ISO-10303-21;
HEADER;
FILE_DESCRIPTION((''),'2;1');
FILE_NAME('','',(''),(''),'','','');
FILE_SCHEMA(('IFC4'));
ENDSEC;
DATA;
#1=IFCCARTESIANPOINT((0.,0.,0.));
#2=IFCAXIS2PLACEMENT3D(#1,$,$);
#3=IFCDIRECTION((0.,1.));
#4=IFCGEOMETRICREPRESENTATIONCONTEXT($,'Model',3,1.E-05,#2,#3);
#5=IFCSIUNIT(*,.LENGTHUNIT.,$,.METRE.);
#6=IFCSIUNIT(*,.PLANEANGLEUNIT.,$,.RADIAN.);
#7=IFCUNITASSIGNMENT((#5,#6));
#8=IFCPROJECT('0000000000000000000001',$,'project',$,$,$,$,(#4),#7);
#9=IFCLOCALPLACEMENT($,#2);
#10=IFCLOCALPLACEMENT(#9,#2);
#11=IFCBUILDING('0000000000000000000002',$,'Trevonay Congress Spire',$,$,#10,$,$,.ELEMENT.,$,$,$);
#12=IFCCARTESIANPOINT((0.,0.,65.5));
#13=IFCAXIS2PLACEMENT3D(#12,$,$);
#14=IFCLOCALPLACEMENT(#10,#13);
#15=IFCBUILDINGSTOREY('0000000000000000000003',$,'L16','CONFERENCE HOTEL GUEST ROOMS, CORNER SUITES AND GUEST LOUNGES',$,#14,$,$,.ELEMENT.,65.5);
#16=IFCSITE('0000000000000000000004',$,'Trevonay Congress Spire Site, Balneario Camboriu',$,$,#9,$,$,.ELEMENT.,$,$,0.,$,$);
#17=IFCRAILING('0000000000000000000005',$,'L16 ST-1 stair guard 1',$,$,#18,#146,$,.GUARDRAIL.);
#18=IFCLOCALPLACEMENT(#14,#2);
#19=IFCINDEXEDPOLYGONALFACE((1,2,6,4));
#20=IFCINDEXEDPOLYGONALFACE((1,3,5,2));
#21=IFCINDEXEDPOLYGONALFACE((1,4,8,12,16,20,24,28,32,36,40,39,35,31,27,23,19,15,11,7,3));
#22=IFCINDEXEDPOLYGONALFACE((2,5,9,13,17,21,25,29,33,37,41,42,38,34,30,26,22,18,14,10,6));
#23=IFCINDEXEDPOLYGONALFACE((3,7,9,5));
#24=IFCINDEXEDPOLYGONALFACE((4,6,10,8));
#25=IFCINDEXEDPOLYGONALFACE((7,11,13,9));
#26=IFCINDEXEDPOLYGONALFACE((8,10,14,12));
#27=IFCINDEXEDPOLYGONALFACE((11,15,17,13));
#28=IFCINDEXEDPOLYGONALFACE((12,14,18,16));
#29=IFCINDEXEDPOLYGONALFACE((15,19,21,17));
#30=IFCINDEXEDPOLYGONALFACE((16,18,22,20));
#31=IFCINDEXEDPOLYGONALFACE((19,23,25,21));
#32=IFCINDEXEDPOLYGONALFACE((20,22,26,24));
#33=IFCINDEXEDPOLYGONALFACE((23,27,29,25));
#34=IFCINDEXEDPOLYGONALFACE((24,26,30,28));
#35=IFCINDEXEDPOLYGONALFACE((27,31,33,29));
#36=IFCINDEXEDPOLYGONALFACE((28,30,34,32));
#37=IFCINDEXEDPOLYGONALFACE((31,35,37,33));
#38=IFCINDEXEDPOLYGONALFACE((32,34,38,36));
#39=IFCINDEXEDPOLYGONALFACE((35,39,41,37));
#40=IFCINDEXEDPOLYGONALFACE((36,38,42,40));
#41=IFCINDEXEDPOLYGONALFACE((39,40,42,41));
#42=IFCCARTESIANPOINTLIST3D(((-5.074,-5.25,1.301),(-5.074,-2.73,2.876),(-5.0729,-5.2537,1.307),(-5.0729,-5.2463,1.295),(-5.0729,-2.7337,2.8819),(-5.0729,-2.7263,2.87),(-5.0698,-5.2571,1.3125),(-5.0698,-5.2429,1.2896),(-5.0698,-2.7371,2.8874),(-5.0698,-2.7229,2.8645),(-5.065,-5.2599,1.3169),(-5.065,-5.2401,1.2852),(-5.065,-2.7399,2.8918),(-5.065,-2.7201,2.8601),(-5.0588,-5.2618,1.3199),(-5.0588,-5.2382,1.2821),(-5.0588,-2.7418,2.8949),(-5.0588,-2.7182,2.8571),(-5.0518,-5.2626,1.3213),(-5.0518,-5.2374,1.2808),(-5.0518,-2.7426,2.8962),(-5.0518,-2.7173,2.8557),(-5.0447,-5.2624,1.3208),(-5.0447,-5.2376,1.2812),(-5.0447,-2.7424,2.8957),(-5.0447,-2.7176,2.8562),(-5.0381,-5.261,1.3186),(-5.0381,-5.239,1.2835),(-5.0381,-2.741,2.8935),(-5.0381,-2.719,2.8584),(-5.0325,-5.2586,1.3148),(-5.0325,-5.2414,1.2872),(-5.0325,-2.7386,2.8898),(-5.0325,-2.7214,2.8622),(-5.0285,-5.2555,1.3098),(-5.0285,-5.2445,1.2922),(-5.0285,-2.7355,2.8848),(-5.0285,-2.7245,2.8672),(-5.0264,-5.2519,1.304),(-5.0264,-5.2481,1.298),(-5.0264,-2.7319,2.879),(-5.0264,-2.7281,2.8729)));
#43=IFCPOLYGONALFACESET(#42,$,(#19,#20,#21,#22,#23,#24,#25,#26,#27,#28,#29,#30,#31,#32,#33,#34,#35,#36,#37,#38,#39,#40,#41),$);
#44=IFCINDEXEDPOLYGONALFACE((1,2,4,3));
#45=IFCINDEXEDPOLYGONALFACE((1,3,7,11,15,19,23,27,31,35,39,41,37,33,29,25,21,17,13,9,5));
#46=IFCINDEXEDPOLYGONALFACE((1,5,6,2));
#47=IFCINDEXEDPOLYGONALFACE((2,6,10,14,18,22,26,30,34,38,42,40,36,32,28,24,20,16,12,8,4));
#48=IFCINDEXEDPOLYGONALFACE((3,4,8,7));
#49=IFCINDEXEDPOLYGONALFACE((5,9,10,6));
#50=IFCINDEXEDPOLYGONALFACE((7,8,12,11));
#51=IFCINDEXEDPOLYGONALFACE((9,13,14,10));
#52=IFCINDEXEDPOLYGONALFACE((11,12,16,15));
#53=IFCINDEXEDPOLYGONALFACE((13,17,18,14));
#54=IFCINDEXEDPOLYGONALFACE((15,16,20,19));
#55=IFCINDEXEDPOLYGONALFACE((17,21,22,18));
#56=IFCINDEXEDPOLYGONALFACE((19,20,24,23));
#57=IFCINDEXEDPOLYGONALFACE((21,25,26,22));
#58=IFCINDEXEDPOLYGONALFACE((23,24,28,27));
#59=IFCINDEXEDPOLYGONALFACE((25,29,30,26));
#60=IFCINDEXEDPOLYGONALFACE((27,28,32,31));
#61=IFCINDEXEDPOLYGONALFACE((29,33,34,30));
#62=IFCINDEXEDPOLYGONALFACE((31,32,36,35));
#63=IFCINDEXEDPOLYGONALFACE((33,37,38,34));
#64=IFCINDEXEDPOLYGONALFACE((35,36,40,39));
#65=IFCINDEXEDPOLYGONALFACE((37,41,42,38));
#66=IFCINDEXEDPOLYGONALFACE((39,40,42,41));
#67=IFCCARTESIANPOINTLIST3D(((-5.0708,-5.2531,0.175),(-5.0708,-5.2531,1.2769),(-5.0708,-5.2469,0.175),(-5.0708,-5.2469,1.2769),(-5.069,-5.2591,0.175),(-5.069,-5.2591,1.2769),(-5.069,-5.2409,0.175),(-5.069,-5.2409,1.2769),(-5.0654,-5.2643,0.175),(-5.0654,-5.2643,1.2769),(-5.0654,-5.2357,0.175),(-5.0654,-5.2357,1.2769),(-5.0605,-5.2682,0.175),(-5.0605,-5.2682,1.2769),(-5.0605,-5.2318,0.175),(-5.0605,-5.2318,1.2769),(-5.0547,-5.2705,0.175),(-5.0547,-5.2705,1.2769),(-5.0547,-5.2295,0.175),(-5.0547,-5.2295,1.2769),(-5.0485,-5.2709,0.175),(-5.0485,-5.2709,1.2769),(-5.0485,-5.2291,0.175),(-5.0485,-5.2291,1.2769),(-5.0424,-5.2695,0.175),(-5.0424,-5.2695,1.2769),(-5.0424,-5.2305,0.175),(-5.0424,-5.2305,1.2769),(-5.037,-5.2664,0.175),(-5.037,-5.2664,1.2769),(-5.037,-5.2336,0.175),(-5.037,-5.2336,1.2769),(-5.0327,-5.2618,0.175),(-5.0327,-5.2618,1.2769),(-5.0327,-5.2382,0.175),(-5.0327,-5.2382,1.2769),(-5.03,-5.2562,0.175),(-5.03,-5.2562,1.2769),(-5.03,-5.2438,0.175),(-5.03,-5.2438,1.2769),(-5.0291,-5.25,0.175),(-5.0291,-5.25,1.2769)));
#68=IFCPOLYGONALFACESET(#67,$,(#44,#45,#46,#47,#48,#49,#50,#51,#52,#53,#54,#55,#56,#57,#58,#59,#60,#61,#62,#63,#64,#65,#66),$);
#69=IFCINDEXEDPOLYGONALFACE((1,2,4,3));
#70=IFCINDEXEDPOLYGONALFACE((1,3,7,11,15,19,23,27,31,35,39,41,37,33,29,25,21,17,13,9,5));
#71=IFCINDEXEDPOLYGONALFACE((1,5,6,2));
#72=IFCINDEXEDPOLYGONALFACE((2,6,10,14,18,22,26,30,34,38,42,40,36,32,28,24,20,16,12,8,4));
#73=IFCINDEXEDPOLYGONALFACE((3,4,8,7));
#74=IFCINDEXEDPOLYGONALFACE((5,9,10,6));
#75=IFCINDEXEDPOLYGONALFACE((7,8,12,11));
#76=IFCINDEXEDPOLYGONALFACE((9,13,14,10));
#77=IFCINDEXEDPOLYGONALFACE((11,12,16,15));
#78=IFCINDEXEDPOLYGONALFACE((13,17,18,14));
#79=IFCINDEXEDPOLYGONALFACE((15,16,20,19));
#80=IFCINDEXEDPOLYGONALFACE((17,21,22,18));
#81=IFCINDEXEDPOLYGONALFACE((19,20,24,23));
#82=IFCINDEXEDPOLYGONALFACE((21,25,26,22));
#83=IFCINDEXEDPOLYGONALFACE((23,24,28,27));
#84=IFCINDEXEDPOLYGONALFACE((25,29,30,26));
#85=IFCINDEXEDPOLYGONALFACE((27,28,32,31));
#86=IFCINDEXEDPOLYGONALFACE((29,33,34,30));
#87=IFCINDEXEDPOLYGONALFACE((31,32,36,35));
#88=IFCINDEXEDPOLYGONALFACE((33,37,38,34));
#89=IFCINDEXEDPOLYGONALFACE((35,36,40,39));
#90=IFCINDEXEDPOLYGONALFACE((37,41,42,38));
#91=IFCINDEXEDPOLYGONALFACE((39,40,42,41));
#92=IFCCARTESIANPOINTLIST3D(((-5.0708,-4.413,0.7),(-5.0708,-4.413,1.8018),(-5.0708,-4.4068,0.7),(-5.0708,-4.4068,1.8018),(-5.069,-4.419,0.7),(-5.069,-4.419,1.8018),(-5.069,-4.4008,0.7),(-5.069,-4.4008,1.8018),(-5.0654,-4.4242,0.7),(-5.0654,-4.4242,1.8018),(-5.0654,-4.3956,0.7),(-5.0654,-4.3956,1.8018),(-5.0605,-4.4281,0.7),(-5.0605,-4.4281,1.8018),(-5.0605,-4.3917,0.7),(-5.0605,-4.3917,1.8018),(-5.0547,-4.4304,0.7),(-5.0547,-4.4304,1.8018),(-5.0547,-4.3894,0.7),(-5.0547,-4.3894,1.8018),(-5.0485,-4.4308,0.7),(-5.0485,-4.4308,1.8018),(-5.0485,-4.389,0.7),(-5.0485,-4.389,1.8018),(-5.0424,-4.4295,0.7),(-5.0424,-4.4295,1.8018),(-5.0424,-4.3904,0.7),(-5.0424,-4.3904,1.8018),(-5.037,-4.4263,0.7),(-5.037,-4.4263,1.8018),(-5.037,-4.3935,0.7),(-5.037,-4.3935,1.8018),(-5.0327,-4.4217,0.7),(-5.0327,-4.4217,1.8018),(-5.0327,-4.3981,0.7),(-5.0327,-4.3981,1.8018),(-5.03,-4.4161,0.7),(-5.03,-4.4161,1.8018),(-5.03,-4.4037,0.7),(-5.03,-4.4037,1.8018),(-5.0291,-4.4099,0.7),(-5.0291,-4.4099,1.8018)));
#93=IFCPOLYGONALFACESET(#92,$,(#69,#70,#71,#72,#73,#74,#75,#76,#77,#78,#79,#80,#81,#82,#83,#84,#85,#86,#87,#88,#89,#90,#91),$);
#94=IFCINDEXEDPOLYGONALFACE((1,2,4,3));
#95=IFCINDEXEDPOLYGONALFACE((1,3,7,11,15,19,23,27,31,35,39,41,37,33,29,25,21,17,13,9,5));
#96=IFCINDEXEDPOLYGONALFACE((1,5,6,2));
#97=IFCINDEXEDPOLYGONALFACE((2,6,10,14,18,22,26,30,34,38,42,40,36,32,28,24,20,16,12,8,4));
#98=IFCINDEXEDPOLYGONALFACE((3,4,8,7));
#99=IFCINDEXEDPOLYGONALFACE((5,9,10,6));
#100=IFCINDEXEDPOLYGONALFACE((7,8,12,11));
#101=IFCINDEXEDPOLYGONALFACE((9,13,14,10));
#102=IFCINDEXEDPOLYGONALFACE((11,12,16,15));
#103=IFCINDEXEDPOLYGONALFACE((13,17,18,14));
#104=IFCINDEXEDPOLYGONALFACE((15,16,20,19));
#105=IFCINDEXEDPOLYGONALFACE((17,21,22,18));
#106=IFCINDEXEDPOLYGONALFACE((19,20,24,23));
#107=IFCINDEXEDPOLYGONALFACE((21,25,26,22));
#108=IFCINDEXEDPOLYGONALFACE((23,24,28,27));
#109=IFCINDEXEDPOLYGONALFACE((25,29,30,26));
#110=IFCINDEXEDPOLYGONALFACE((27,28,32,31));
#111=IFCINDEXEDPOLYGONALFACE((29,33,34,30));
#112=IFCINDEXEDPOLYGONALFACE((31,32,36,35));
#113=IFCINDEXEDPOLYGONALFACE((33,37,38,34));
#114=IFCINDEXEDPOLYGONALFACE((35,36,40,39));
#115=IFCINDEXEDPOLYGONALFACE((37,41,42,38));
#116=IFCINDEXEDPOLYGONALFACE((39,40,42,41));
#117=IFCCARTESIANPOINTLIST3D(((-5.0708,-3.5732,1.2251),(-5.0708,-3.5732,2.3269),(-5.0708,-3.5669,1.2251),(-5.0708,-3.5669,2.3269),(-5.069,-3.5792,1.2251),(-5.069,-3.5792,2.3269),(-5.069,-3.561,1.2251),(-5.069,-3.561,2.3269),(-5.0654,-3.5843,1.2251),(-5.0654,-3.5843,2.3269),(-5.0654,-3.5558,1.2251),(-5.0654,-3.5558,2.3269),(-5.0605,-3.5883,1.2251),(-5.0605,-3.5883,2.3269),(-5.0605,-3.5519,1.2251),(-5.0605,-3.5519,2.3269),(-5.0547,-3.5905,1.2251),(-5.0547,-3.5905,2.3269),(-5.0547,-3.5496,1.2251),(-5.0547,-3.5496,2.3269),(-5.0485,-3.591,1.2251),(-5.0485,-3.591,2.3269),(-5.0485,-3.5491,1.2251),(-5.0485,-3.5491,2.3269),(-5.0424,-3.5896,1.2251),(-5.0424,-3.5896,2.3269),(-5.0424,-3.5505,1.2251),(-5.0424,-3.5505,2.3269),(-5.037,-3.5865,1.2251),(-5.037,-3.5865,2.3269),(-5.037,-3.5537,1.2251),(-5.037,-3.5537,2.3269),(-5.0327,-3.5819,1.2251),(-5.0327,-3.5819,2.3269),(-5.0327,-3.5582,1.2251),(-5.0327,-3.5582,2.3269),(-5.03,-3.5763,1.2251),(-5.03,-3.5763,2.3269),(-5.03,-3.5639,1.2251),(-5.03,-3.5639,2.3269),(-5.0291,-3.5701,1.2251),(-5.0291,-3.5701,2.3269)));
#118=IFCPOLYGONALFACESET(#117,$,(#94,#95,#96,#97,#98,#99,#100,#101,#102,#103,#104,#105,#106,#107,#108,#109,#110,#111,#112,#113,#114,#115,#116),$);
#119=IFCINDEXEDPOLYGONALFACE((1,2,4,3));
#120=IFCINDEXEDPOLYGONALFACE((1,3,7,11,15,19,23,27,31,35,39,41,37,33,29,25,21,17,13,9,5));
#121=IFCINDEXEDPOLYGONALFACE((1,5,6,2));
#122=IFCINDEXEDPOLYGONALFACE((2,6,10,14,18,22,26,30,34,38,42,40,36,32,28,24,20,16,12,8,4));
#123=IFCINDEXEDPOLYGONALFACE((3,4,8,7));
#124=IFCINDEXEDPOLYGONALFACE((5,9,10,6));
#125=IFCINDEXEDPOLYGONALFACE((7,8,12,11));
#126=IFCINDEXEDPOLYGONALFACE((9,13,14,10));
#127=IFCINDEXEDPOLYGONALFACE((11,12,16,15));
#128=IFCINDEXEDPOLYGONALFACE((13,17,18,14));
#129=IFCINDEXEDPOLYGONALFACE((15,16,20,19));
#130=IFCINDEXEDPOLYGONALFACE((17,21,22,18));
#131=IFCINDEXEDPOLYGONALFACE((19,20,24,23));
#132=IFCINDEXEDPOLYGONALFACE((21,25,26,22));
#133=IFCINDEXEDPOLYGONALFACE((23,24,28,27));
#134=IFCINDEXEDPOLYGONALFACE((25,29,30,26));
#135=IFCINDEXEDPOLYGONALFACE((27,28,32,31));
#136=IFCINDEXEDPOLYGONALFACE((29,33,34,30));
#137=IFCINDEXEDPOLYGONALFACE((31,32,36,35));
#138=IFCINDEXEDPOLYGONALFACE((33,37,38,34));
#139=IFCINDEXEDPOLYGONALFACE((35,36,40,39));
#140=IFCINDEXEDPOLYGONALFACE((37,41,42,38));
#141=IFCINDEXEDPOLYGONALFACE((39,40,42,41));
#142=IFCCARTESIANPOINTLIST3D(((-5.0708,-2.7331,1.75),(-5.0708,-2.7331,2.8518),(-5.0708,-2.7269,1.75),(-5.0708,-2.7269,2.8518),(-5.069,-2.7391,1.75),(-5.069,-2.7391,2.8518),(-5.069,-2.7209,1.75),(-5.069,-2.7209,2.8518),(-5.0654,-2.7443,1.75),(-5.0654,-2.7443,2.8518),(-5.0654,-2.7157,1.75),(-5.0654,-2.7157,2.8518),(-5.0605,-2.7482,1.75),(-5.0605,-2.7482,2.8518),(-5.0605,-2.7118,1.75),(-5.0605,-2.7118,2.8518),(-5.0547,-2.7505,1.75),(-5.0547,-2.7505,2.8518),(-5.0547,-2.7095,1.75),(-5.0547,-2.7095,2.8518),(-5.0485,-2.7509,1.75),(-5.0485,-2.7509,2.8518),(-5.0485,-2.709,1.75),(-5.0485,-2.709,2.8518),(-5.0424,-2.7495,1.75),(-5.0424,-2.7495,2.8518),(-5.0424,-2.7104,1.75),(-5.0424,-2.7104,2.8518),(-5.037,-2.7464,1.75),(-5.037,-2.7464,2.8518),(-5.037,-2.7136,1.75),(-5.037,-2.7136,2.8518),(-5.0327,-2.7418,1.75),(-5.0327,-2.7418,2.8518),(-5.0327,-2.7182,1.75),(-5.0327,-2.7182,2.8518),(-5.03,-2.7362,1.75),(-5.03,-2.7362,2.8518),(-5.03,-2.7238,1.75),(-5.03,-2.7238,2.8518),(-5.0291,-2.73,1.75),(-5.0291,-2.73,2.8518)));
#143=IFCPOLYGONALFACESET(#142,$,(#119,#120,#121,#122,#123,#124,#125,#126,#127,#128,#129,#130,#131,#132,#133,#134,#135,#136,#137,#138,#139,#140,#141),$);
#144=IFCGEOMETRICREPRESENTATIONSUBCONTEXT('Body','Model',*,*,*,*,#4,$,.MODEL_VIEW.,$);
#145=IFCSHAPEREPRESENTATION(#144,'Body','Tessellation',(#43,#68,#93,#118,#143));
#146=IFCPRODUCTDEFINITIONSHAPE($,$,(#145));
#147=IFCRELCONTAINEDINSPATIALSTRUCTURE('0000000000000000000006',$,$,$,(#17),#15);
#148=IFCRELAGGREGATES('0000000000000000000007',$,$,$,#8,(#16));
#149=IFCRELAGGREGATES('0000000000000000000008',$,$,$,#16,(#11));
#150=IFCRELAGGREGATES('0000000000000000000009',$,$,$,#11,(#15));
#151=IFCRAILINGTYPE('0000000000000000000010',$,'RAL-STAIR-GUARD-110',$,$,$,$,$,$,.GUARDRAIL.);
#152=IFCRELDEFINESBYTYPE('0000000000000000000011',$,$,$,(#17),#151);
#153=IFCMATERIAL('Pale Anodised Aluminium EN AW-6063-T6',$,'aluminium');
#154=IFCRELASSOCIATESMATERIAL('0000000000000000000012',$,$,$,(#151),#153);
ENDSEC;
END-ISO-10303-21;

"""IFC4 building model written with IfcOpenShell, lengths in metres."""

from ifc_helpers import new_model, si_unit, direction, frame, origin, origin_2d, place, context, subcontext, project, spatial, circle, extrude, material, type_object, element, save


model = new_model("IFC4")

# Units and contexts
model_context = context("Model", 3, precision=1e-05, world=origin(), true_north=direction((0.0, 1.0)))
body_context = subcontext(model_context, "Body", "Model", "MODEL_VIEW")
ifc_project = project(units=[si_unit("LENGTHUNIT", "METRE"), si_unit("PLANEANGLEUNIT", "RADIAN")], contexts=[model_context])

# Site, building, storey
site_placement = place(None, origin())
site = spatial("IfcSite", under=ifc_project, at=site_placement, Name="Trevonay Congress Spire Site, Balneario Camboriu", CompositionType="ELEMENT", RefElevation=0.0)
building_placement = place(site_placement, origin())
building = spatial("IfcBuilding", under=site, at=building_placement, Name="Trevonay Congress Spire", CompositionType="ELEMENT")
storey_placement = place(building_placement, frame((0.0, 0.0, 65.5)))
storey = spatial("IfcBuildingStorey", under=building, at=storey_placement, Name="L16", Description="CONFERENCE HOTEL GUEST ROOMS, CORNER SUITES AND GUEST LOUNGES", CompositionType="ELEMENT", Elevation=65.5)

# Shared definitions
ifc_material_1 = material(Name="Pale Anodised Aluminium EN AW-6063-T6", Category="aluminium")

# Railing
railing_type_1 = type_object("IfcRailingType", Name="RAL-STAIR-GUARD-110", PredefinedType="GUARDRAIL", material=ifc_material_1)
railing_1_placement = place(storey_placement, frame((-5.05, -5.25, 0.175)))
element("IfcRailing", 1, at=railing_1_placement, inside=storey, type_object=railing_type_1, Name="L16 ST-1 stair guard 1", PredefinedType="GUARDRAIL", context=body_context, shape_type="SweptSolid", body=[
    extrude(circle(Radius=0.0239, at=origin_2d()), frame((0.0, 0.0, 1.126), z_axis=(0.0, 0.848008, 0.529984), x_axis=(-1.0, 0.0, 0.0)), (0.0, 0.0, 1.0), 2.9717),
    extrude(circle(Radius=0.021, at=origin_2d()), origin(), (0.0, 0.0, 1.0), 1.1018),
    extrude(circle(Radius=0.021, at=origin_2d()), frame((0.0, 0.8401, 0.5249)), (0.0, 0.0, 1.0), 1.1018),
    extrude(circle(Radius=0.021, at=origin_2d()), frame((0.0, 1.6799, 1.05)), (0.0, 0.0, 1.0), 1.1018),
    extrude(circle(Radius=0.021, at=origin_2d()), frame((0.0, 2.52, 1.575)), (0.0, 0.0, 1.0), 1.1018),
])

save(model, "model.ifc")
